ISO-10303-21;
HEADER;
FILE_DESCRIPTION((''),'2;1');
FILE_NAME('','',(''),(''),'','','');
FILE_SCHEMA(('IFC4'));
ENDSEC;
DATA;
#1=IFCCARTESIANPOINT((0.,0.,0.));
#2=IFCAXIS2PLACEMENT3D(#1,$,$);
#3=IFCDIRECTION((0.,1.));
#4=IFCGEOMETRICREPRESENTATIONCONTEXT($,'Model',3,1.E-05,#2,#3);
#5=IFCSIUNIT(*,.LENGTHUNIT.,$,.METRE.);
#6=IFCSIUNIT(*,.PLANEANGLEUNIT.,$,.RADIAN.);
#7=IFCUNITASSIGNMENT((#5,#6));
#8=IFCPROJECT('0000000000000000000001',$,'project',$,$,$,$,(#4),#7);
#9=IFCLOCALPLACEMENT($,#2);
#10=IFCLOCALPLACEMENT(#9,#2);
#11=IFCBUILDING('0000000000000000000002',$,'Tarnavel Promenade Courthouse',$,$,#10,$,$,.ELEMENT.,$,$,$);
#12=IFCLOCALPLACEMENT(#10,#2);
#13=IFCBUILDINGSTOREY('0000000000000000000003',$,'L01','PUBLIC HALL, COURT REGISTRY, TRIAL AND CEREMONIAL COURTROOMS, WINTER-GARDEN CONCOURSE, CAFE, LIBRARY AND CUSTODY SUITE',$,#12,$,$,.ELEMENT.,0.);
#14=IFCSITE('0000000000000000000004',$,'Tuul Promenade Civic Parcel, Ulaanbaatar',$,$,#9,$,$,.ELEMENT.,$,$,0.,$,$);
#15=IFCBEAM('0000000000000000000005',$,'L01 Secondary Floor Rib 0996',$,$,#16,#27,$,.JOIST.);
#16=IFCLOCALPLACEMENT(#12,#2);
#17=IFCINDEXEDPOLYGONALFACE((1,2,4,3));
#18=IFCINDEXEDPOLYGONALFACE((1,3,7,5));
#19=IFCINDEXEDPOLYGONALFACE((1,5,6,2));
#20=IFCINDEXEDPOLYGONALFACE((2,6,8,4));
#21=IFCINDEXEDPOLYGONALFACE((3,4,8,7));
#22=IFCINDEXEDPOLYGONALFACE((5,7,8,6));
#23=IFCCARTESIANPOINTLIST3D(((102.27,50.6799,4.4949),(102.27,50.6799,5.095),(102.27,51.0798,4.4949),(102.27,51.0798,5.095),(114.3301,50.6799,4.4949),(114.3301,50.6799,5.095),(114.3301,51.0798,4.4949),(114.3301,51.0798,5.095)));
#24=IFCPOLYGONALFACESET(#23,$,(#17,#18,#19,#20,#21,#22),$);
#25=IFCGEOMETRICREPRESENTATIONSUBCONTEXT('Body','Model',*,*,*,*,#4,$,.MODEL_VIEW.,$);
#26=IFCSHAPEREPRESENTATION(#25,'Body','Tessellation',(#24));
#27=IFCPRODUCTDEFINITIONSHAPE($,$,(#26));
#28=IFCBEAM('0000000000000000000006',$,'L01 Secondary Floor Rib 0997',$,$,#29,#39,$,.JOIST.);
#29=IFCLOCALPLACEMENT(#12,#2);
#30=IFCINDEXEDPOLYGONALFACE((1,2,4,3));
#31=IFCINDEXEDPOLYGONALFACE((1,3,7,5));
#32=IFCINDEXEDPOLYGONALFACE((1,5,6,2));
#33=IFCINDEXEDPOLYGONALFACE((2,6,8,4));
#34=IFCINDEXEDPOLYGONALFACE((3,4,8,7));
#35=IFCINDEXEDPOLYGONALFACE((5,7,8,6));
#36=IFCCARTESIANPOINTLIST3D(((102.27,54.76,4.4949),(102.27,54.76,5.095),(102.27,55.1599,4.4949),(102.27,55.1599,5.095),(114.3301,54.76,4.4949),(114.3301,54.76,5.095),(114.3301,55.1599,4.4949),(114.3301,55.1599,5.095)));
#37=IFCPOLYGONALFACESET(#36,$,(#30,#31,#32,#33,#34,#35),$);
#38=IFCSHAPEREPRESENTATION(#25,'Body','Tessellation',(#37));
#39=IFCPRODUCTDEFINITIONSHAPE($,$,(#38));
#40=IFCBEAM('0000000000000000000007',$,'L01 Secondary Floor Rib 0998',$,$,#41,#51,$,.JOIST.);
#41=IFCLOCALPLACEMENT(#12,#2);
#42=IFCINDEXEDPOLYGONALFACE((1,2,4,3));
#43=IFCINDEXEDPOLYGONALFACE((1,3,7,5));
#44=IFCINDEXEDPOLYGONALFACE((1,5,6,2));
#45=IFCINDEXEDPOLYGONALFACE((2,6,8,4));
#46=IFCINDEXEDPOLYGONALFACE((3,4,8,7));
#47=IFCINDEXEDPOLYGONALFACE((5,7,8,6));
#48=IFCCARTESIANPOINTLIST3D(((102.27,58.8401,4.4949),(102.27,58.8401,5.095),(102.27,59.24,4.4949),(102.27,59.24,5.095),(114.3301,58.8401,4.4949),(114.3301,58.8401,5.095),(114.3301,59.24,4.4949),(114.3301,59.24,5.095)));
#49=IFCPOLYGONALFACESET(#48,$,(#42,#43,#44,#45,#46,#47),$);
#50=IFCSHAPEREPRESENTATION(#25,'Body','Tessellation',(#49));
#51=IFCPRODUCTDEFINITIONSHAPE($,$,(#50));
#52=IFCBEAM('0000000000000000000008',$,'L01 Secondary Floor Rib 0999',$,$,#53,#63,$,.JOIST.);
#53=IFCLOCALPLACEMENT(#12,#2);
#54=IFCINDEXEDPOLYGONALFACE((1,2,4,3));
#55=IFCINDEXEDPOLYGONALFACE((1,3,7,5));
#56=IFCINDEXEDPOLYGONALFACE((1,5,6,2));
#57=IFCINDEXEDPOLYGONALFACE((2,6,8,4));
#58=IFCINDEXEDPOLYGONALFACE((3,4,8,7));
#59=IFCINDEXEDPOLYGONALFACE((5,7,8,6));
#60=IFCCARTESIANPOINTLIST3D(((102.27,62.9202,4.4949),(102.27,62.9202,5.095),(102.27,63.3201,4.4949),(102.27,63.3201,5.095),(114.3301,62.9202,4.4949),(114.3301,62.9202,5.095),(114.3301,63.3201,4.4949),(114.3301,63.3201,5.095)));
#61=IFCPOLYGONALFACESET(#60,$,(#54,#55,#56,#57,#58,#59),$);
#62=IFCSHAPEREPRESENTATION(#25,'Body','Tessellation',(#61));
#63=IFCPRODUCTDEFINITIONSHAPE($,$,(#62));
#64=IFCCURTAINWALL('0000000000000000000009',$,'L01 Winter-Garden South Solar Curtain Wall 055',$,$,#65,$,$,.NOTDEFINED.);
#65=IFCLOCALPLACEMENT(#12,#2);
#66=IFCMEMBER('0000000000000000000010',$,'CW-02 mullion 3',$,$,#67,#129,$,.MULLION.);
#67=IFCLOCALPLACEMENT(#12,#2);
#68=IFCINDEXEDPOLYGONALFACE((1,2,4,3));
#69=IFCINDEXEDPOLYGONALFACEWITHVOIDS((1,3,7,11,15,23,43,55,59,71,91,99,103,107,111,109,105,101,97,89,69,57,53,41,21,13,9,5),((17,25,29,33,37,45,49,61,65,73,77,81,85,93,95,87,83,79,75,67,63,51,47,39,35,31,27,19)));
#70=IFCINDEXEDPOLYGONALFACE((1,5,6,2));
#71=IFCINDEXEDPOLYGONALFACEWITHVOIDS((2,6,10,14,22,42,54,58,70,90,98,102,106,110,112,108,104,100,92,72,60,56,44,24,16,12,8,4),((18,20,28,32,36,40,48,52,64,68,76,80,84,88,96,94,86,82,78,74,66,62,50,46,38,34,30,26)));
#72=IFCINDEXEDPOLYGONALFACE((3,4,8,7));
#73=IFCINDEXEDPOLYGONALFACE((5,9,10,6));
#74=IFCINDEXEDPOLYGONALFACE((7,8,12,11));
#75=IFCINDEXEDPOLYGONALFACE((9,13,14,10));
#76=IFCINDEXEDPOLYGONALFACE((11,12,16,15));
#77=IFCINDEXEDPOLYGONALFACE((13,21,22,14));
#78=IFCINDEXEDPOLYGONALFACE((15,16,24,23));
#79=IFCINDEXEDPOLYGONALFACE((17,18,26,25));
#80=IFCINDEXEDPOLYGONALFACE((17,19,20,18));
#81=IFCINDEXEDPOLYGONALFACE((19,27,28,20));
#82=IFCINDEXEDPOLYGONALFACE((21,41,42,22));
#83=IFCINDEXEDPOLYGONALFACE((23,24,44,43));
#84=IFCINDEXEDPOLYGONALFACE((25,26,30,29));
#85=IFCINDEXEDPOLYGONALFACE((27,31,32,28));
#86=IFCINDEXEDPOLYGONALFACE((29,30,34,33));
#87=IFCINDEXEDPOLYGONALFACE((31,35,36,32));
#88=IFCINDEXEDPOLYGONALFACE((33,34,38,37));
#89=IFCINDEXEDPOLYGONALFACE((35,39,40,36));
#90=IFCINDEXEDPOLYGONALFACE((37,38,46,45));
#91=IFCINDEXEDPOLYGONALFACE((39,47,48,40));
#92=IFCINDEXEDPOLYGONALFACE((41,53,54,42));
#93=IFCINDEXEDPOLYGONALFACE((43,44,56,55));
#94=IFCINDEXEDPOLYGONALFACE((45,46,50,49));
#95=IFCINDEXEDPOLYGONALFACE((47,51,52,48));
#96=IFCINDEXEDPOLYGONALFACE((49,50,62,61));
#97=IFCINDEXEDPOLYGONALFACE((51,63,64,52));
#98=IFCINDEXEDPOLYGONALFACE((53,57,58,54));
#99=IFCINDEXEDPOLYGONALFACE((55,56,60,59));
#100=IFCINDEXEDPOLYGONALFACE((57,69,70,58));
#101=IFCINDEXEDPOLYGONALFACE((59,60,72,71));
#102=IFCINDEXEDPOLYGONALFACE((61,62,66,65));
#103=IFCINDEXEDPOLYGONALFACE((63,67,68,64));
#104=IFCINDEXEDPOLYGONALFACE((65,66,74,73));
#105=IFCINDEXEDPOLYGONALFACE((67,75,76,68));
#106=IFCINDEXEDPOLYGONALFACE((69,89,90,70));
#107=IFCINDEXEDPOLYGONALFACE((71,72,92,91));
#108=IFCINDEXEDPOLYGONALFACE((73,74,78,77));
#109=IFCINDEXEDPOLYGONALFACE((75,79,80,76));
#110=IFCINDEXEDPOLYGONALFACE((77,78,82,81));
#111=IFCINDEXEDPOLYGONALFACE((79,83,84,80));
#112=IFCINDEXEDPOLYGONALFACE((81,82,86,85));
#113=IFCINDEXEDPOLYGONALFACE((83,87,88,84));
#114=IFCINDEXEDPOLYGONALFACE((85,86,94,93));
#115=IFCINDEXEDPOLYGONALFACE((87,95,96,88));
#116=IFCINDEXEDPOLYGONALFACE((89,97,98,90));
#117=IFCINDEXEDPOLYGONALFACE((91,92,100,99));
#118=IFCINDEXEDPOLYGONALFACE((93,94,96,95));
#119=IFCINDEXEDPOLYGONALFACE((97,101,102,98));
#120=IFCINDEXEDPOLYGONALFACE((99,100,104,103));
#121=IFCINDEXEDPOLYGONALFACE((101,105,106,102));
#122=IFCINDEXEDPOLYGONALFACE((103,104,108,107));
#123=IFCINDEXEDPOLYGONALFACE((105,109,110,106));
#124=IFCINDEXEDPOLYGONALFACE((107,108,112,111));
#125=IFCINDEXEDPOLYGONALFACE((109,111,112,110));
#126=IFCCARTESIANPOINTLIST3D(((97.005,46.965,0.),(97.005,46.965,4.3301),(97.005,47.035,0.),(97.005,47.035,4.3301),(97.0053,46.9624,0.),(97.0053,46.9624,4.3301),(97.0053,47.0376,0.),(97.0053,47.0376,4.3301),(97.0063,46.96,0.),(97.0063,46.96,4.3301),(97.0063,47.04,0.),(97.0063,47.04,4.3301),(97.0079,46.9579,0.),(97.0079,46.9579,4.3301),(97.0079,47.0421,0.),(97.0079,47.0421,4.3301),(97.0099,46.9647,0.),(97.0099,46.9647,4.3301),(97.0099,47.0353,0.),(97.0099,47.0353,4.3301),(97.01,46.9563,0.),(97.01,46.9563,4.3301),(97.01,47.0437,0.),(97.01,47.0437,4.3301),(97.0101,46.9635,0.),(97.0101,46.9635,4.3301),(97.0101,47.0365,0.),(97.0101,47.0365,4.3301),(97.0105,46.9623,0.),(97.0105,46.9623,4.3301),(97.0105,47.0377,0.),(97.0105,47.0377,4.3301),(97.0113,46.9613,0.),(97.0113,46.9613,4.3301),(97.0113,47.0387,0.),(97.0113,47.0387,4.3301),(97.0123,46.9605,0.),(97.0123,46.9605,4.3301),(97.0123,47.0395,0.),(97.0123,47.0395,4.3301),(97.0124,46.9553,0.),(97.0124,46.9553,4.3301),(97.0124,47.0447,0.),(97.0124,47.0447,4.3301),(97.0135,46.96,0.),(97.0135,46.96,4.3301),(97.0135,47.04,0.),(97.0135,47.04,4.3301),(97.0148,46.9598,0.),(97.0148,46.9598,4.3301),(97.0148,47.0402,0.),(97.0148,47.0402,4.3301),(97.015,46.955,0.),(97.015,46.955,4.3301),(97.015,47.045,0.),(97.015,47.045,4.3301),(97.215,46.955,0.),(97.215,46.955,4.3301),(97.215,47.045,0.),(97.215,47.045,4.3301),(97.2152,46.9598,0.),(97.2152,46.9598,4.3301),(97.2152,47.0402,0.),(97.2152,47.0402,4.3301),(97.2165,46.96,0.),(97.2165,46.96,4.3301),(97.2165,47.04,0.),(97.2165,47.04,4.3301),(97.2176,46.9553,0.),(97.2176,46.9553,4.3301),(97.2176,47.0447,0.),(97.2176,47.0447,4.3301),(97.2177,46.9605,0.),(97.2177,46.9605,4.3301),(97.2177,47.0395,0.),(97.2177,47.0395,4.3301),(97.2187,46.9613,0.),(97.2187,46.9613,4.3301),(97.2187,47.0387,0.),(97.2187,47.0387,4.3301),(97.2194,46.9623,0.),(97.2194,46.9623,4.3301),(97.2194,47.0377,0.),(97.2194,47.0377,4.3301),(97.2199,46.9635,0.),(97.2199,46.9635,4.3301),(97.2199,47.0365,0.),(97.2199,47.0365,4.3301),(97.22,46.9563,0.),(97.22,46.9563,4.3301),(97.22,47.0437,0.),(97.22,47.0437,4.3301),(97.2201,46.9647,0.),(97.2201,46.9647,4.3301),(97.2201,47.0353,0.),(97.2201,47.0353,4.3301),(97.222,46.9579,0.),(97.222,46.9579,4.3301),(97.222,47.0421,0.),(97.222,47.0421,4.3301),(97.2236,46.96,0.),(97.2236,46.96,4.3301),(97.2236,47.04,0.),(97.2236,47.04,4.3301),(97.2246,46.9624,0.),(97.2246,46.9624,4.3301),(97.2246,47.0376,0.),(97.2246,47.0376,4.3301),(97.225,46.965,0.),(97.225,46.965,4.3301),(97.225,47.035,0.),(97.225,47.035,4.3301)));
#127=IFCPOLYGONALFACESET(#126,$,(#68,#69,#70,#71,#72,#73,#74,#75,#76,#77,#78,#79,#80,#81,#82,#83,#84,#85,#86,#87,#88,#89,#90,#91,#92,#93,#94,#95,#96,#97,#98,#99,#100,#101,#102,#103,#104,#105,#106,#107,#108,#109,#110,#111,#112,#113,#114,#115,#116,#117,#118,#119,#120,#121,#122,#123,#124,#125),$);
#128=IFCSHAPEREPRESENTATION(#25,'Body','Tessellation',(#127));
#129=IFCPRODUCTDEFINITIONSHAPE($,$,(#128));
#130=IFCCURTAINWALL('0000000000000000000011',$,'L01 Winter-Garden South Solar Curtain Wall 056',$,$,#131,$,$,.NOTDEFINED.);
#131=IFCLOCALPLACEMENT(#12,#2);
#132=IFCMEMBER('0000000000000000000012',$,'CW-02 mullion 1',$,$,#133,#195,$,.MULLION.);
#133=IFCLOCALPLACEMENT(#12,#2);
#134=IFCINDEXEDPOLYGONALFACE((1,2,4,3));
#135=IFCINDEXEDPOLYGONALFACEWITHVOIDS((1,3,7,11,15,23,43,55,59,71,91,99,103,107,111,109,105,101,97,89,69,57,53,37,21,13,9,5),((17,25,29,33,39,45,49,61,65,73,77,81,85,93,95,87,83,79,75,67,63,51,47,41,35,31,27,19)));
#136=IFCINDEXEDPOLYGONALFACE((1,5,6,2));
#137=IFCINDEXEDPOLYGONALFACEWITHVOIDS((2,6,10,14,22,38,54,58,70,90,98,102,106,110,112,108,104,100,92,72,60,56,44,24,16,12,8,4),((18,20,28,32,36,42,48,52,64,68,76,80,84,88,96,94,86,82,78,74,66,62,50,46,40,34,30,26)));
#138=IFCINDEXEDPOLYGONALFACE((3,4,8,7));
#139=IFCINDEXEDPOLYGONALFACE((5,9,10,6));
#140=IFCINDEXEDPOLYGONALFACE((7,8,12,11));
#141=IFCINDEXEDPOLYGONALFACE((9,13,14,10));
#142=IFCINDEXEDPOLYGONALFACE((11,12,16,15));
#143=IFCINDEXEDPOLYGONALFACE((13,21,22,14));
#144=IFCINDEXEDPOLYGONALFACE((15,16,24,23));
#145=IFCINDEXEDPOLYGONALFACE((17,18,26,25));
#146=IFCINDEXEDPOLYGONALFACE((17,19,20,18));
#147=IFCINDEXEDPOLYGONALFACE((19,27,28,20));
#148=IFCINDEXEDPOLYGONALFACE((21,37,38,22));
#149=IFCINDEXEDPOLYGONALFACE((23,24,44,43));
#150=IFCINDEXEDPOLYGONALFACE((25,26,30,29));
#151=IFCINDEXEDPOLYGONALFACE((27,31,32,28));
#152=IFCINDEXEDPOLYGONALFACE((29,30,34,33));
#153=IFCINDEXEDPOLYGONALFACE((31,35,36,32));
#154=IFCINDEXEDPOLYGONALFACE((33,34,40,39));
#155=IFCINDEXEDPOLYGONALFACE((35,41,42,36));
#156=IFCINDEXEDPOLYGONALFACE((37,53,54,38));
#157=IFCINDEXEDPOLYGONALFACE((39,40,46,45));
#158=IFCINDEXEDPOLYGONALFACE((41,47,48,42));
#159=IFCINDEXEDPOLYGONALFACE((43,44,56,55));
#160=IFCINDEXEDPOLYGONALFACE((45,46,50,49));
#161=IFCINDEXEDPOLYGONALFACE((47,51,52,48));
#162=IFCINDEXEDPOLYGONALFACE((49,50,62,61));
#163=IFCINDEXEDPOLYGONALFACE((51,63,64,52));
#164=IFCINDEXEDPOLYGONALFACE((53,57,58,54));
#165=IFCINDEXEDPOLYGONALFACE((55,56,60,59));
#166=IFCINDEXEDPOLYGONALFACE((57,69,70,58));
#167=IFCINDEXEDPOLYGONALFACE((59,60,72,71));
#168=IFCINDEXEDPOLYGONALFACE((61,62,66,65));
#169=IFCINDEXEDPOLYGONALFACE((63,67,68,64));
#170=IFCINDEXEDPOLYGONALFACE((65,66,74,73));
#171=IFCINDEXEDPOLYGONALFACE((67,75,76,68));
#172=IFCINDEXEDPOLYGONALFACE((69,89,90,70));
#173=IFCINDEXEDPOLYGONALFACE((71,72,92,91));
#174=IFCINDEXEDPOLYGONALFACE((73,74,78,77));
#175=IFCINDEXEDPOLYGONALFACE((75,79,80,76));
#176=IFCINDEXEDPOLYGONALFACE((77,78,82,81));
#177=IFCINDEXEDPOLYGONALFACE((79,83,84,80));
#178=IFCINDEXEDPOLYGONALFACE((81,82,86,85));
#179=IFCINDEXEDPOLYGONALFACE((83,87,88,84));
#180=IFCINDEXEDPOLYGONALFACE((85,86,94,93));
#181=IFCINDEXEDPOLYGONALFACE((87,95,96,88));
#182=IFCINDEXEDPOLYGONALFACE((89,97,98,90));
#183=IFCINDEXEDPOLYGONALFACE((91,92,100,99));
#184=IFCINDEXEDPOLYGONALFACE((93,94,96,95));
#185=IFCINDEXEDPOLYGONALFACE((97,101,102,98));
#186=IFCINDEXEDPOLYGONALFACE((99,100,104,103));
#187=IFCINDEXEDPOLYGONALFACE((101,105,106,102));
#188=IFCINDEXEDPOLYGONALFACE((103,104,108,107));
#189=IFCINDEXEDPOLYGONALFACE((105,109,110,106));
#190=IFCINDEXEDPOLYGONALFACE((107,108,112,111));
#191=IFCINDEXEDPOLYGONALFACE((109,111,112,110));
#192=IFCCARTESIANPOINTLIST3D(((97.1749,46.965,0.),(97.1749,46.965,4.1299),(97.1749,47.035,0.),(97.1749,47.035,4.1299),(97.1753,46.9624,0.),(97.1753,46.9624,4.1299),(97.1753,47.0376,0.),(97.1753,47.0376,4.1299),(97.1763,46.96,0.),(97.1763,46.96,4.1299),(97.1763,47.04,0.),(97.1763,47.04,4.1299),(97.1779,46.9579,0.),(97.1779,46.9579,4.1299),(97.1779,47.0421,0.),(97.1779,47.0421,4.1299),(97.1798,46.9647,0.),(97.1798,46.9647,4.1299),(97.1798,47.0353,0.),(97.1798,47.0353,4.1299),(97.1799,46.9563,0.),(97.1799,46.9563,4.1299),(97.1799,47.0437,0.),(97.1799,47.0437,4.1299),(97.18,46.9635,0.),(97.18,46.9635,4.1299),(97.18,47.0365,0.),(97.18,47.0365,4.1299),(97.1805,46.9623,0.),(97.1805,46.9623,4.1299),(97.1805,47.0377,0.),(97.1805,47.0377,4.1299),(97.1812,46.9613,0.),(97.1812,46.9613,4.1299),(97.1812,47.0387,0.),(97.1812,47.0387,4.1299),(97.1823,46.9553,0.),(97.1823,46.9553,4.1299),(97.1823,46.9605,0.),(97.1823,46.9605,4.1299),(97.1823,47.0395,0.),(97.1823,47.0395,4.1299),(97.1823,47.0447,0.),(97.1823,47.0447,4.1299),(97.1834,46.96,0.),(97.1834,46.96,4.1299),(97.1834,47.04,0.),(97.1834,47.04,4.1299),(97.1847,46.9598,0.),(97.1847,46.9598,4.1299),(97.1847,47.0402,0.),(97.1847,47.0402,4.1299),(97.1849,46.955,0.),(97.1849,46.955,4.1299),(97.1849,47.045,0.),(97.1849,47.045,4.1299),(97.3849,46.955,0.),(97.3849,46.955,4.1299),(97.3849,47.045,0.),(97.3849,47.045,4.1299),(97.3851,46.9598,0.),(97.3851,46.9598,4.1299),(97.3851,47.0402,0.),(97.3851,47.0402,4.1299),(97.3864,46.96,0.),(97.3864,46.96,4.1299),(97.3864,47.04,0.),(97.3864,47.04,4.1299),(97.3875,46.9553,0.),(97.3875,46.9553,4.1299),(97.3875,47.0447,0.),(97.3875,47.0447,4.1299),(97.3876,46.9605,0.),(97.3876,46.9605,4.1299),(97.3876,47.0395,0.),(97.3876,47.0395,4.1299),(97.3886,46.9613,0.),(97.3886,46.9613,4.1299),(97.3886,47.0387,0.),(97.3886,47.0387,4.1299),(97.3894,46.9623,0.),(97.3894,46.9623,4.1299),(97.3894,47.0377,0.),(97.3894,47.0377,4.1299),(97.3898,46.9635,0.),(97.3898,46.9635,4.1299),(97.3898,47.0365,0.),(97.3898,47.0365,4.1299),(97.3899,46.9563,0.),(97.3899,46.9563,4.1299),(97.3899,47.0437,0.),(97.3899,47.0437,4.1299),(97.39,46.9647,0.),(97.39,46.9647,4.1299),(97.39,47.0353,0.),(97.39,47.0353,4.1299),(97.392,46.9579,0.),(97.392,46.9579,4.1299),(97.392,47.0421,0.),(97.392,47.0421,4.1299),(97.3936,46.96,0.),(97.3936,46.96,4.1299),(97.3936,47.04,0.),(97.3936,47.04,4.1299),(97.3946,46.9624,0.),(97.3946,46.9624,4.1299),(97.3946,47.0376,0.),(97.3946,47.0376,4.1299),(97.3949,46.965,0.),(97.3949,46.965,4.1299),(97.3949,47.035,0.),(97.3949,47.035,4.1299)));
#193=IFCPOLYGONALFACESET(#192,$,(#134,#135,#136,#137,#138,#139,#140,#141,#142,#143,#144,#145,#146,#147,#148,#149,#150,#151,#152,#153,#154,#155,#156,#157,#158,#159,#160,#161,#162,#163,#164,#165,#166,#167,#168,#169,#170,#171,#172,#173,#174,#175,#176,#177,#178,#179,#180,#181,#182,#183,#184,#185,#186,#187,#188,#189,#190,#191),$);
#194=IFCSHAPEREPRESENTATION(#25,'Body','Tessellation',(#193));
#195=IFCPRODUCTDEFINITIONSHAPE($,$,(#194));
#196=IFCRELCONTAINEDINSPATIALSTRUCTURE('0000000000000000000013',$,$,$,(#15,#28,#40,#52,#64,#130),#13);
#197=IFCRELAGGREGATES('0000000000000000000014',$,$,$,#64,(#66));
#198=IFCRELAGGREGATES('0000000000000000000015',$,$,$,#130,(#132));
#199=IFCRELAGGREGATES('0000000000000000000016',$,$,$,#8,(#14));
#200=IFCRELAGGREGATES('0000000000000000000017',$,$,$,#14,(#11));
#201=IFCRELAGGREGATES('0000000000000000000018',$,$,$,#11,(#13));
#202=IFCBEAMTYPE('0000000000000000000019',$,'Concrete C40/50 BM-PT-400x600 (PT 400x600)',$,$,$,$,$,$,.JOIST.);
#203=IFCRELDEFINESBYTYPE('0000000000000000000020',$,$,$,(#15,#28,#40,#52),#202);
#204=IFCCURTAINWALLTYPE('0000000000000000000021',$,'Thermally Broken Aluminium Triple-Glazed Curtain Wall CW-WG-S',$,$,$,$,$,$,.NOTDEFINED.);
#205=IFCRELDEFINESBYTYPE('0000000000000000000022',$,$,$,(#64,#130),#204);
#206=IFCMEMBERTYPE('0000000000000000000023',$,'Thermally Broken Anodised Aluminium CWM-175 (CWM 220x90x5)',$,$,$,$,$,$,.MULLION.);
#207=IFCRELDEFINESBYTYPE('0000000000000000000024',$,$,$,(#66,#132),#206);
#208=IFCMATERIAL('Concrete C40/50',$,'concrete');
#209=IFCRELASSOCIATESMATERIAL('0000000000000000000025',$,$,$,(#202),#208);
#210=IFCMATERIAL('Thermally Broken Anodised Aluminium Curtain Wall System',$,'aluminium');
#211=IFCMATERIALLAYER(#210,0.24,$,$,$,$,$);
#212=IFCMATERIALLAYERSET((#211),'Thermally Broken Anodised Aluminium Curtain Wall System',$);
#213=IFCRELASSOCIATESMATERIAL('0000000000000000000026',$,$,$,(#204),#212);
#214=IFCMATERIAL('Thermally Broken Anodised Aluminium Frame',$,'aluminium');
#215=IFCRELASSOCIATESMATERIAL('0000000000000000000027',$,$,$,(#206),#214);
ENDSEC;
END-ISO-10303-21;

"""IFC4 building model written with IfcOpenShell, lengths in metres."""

from ifc_helpers import new_model, si_unit, direction, frame, origin, origin_2d, place, context, subcontext, project, spatial, rectangle, hollow_rectangle, extrude, material, layer, layer_set, material_profile, profile_set, type_object, element, aggregate, save


model = new_model("IFC4")

# Units and contexts
model_context = context("Model", 3, precision=1e-05, world=origin(), true_north=direction((0.0, 1.0)))
body_context = subcontext(model_context, "Body", "Model", "MODEL_VIEW")
ifc_project = project(units=[si_unit("LENGTHUNIT", "METRE"), si_unit("PLANEANGLEUNIT", "RADIAN")], contexts=[model_context])

# Site, building, storey
site_placement = place(None, origin())
site = spatial("IfcSite", under=ifc_project, at=site_placement, Name="Tuul Promenade Civic Parcel, Ulaanbaatar", CompositionType="ELEMENT", RefElevation=0.0)
building_placement = place(site_placement, origin())
building = spatial("IfcBuilding", under=site, at=building_placement, Name="Tarnavel Promenade Courthouse", CompositionType="ELEMENT")
storey_placement = place(building_placement, origin())
storey = spatial("IfcBuildingStorey", under=building, at=storey_placement, Name="L01", Description="PUBLIC HALL, COURT REGISTRY, TRIAL AND CEREMONIAL COURTROOMS, WINTER-GARDEN CONCOURSE, CAFE, LIBRARY AND CUSTODY SUITE", CompositionType="ELEMENT", Elevation=0.0)

# Beams
ifc_material_1 = material(Name="Concrete C40/50", Category="concrete")
ifc_material_profile_1 = material_profile(ifc_material_1, rectangle(XDim=0.3999, YDim=0.6001, at=origin_2d()), Name="PT 400x600")
ifc_profile_set_1 = profile_set([ifc_material_profile_1], Name="Concrete C40/50")
beam_type = type_object("IfcBeamType", Name="Concrete C40/50 BM-PT-400x600 (PT 400x600)", PredefinedType="JOIST", material=ifc_profile_set_1)
for number, where, z_axis, x_axis, name in (
    (1, (102.27, 50.8799, 4.7949), (1.0, 0.0, 0.0), (0.0, 1.0, 0.0), "L01 Secondary Floor Rib 0996"),
    (2, (102.27, 54.96, 4.7949), (1.0, 0.0, 0.0), (0.0, 1.0, 0.0), "L01 Secondary Floor Rib 0997"),
    (3, (102.27, 59.04, 4.7949), (1.0, 0.0, 0.0), (0.0, 1.0, 0.0), "L01 Secondary Floor Rib 0998"),
    (4, (102.27, 63.1201, 4.7949), (1.0, 0.0, 0.0), (0.0, 1.0, 0.0), "L01 Secondary Floor Rib 0999"),
):
    element("IfcBeam", number, at=place(storey_placement, frame(where, z_axis=z_axis, x_axis=x_axis)), inside=storey, type_object=beam_type, Name=name, PredefinedType="JOIST", context=body_context, shape_type="SweptSolid", body=[
        extrude(rectangle(XDim=0.3999, YDim=0.6001, at=origin_2d()), origin(), (0.0, 0.0, 1.0), 12.0601),
    ])

# Curtain wall, member
ifc_material_2 = material(Name="Thermally Broken Anodised Aluminium Curtain Wall System", Category="aluminium")
ifc_layer_1 = layer(ifc_material_2, 0.24)
ifc_layer_set_1 = layer_set([ifc_layer_1], Name="Thermally Broken Anodised Aluminium Curtain Wall System")
curtain_wall_type = type_object("IfcCurtainWallType", Name="Thermally Broken Aluminium Triple-Glazed Curtain Wall CW-WG-S", PredefinedType="NOTDEFINED", material=ifc_layer_set_1)
curtain_wall_1_placement = place(storey_placement, origin())
curtain_wall_1 = element("IfcCurtainWall", 5, at=curtain_wall_1_placement, inside=storey, type_object=curtain_wall_type, Name="L01 Winter-Garden South Solar Curtain Wall 055", PredefinedType="NOTDEFINED")
ifc_material_3 = material(Name="Thermally Broken Anodised Aluminium Frame", Category="aluminium")
ifc_material_profile_2 = material_profile(ifc_material_3, hollow_rectangle(XDim=0.0901, YDim=0.22, WallThickness=0.0049, InnerFilletRadius=0.0049, OuterFilletRadius=0.01, at=origin_2d()), Name="CWM 220x90x5")
ifc_profile_set_2 = profile_set([ifc_material_profile_2], Name="Thermally Broken Anodised Aluminium Frame")
member_type_1 = type_object("IfcMemberType", Name="Thermally Broken Anodised Aluminium CWM-175 (CWM 220x90x5)", PredefinedType="MULLION", material=ifc_profile_set_2)
member_1_placement = place(storey_placement, frame((97.115, 47.0, 0.0), z_axis=(0.0, 0.0, 1.0), x_axis=(0.0, 1.0, 0.0)))
member_1 = element("IfcMember", 6, at=member_1_placement, type_object=member_type_1, Name="CW-02 mullion 3", PredefinedType="MULLION", context=body_context, shape_type="SweptSolid", body=[
    extrude(hollow_rectangle(XDim=0.0901, YDim=0.22, WallThickness=0.0049, InnerFilletRadius=0.0049, OuterFilletRadius=0.01, at=origin_2d()), origin(), (0.0, 0.0, 1.0), 4.3301),
])

# Curtain wall, member
curtain_wall_2_placement = place(storey_placement, origin())
curtain_wall_2 = element("IfcCurtainWall", 7, at=curtain_wall_2_placement, inside=storey, type_object=curtain_wall_type, Name="L01 Winter-Garden South Solar Curtain Wall 056", PredefinedType="NOTDEFINED")
member_2_placement = place(storey_placement, frame((97.2849, 47.0, 0.0), z_axis=(0.0, 0.0, 1.0), x_axis=(0.0, 1.0, 0.0)))
member_2 = element("IfcMember", 8, at=member_2_placement, type_object=member_type_1, Name="CW-02 mullion 1", PredefinedType="MULLION", context=body_context, shape_type="SweptSolid", body=[
    extrude(hollow_rectangle(XDim=0.0901, YDim=0.22, WallThickness=0.0049, InnerFilletRadius=0.0049, OuterFilletRadius=0.01, at=origin_2d()), origin(), (0.0, 0.0, 1.0), 4.1299),
])

aggregate(curtain_wall_1, [member_1])
aggregate(curtain_wall_2, [member_2])

save(model, "model.ifc")
